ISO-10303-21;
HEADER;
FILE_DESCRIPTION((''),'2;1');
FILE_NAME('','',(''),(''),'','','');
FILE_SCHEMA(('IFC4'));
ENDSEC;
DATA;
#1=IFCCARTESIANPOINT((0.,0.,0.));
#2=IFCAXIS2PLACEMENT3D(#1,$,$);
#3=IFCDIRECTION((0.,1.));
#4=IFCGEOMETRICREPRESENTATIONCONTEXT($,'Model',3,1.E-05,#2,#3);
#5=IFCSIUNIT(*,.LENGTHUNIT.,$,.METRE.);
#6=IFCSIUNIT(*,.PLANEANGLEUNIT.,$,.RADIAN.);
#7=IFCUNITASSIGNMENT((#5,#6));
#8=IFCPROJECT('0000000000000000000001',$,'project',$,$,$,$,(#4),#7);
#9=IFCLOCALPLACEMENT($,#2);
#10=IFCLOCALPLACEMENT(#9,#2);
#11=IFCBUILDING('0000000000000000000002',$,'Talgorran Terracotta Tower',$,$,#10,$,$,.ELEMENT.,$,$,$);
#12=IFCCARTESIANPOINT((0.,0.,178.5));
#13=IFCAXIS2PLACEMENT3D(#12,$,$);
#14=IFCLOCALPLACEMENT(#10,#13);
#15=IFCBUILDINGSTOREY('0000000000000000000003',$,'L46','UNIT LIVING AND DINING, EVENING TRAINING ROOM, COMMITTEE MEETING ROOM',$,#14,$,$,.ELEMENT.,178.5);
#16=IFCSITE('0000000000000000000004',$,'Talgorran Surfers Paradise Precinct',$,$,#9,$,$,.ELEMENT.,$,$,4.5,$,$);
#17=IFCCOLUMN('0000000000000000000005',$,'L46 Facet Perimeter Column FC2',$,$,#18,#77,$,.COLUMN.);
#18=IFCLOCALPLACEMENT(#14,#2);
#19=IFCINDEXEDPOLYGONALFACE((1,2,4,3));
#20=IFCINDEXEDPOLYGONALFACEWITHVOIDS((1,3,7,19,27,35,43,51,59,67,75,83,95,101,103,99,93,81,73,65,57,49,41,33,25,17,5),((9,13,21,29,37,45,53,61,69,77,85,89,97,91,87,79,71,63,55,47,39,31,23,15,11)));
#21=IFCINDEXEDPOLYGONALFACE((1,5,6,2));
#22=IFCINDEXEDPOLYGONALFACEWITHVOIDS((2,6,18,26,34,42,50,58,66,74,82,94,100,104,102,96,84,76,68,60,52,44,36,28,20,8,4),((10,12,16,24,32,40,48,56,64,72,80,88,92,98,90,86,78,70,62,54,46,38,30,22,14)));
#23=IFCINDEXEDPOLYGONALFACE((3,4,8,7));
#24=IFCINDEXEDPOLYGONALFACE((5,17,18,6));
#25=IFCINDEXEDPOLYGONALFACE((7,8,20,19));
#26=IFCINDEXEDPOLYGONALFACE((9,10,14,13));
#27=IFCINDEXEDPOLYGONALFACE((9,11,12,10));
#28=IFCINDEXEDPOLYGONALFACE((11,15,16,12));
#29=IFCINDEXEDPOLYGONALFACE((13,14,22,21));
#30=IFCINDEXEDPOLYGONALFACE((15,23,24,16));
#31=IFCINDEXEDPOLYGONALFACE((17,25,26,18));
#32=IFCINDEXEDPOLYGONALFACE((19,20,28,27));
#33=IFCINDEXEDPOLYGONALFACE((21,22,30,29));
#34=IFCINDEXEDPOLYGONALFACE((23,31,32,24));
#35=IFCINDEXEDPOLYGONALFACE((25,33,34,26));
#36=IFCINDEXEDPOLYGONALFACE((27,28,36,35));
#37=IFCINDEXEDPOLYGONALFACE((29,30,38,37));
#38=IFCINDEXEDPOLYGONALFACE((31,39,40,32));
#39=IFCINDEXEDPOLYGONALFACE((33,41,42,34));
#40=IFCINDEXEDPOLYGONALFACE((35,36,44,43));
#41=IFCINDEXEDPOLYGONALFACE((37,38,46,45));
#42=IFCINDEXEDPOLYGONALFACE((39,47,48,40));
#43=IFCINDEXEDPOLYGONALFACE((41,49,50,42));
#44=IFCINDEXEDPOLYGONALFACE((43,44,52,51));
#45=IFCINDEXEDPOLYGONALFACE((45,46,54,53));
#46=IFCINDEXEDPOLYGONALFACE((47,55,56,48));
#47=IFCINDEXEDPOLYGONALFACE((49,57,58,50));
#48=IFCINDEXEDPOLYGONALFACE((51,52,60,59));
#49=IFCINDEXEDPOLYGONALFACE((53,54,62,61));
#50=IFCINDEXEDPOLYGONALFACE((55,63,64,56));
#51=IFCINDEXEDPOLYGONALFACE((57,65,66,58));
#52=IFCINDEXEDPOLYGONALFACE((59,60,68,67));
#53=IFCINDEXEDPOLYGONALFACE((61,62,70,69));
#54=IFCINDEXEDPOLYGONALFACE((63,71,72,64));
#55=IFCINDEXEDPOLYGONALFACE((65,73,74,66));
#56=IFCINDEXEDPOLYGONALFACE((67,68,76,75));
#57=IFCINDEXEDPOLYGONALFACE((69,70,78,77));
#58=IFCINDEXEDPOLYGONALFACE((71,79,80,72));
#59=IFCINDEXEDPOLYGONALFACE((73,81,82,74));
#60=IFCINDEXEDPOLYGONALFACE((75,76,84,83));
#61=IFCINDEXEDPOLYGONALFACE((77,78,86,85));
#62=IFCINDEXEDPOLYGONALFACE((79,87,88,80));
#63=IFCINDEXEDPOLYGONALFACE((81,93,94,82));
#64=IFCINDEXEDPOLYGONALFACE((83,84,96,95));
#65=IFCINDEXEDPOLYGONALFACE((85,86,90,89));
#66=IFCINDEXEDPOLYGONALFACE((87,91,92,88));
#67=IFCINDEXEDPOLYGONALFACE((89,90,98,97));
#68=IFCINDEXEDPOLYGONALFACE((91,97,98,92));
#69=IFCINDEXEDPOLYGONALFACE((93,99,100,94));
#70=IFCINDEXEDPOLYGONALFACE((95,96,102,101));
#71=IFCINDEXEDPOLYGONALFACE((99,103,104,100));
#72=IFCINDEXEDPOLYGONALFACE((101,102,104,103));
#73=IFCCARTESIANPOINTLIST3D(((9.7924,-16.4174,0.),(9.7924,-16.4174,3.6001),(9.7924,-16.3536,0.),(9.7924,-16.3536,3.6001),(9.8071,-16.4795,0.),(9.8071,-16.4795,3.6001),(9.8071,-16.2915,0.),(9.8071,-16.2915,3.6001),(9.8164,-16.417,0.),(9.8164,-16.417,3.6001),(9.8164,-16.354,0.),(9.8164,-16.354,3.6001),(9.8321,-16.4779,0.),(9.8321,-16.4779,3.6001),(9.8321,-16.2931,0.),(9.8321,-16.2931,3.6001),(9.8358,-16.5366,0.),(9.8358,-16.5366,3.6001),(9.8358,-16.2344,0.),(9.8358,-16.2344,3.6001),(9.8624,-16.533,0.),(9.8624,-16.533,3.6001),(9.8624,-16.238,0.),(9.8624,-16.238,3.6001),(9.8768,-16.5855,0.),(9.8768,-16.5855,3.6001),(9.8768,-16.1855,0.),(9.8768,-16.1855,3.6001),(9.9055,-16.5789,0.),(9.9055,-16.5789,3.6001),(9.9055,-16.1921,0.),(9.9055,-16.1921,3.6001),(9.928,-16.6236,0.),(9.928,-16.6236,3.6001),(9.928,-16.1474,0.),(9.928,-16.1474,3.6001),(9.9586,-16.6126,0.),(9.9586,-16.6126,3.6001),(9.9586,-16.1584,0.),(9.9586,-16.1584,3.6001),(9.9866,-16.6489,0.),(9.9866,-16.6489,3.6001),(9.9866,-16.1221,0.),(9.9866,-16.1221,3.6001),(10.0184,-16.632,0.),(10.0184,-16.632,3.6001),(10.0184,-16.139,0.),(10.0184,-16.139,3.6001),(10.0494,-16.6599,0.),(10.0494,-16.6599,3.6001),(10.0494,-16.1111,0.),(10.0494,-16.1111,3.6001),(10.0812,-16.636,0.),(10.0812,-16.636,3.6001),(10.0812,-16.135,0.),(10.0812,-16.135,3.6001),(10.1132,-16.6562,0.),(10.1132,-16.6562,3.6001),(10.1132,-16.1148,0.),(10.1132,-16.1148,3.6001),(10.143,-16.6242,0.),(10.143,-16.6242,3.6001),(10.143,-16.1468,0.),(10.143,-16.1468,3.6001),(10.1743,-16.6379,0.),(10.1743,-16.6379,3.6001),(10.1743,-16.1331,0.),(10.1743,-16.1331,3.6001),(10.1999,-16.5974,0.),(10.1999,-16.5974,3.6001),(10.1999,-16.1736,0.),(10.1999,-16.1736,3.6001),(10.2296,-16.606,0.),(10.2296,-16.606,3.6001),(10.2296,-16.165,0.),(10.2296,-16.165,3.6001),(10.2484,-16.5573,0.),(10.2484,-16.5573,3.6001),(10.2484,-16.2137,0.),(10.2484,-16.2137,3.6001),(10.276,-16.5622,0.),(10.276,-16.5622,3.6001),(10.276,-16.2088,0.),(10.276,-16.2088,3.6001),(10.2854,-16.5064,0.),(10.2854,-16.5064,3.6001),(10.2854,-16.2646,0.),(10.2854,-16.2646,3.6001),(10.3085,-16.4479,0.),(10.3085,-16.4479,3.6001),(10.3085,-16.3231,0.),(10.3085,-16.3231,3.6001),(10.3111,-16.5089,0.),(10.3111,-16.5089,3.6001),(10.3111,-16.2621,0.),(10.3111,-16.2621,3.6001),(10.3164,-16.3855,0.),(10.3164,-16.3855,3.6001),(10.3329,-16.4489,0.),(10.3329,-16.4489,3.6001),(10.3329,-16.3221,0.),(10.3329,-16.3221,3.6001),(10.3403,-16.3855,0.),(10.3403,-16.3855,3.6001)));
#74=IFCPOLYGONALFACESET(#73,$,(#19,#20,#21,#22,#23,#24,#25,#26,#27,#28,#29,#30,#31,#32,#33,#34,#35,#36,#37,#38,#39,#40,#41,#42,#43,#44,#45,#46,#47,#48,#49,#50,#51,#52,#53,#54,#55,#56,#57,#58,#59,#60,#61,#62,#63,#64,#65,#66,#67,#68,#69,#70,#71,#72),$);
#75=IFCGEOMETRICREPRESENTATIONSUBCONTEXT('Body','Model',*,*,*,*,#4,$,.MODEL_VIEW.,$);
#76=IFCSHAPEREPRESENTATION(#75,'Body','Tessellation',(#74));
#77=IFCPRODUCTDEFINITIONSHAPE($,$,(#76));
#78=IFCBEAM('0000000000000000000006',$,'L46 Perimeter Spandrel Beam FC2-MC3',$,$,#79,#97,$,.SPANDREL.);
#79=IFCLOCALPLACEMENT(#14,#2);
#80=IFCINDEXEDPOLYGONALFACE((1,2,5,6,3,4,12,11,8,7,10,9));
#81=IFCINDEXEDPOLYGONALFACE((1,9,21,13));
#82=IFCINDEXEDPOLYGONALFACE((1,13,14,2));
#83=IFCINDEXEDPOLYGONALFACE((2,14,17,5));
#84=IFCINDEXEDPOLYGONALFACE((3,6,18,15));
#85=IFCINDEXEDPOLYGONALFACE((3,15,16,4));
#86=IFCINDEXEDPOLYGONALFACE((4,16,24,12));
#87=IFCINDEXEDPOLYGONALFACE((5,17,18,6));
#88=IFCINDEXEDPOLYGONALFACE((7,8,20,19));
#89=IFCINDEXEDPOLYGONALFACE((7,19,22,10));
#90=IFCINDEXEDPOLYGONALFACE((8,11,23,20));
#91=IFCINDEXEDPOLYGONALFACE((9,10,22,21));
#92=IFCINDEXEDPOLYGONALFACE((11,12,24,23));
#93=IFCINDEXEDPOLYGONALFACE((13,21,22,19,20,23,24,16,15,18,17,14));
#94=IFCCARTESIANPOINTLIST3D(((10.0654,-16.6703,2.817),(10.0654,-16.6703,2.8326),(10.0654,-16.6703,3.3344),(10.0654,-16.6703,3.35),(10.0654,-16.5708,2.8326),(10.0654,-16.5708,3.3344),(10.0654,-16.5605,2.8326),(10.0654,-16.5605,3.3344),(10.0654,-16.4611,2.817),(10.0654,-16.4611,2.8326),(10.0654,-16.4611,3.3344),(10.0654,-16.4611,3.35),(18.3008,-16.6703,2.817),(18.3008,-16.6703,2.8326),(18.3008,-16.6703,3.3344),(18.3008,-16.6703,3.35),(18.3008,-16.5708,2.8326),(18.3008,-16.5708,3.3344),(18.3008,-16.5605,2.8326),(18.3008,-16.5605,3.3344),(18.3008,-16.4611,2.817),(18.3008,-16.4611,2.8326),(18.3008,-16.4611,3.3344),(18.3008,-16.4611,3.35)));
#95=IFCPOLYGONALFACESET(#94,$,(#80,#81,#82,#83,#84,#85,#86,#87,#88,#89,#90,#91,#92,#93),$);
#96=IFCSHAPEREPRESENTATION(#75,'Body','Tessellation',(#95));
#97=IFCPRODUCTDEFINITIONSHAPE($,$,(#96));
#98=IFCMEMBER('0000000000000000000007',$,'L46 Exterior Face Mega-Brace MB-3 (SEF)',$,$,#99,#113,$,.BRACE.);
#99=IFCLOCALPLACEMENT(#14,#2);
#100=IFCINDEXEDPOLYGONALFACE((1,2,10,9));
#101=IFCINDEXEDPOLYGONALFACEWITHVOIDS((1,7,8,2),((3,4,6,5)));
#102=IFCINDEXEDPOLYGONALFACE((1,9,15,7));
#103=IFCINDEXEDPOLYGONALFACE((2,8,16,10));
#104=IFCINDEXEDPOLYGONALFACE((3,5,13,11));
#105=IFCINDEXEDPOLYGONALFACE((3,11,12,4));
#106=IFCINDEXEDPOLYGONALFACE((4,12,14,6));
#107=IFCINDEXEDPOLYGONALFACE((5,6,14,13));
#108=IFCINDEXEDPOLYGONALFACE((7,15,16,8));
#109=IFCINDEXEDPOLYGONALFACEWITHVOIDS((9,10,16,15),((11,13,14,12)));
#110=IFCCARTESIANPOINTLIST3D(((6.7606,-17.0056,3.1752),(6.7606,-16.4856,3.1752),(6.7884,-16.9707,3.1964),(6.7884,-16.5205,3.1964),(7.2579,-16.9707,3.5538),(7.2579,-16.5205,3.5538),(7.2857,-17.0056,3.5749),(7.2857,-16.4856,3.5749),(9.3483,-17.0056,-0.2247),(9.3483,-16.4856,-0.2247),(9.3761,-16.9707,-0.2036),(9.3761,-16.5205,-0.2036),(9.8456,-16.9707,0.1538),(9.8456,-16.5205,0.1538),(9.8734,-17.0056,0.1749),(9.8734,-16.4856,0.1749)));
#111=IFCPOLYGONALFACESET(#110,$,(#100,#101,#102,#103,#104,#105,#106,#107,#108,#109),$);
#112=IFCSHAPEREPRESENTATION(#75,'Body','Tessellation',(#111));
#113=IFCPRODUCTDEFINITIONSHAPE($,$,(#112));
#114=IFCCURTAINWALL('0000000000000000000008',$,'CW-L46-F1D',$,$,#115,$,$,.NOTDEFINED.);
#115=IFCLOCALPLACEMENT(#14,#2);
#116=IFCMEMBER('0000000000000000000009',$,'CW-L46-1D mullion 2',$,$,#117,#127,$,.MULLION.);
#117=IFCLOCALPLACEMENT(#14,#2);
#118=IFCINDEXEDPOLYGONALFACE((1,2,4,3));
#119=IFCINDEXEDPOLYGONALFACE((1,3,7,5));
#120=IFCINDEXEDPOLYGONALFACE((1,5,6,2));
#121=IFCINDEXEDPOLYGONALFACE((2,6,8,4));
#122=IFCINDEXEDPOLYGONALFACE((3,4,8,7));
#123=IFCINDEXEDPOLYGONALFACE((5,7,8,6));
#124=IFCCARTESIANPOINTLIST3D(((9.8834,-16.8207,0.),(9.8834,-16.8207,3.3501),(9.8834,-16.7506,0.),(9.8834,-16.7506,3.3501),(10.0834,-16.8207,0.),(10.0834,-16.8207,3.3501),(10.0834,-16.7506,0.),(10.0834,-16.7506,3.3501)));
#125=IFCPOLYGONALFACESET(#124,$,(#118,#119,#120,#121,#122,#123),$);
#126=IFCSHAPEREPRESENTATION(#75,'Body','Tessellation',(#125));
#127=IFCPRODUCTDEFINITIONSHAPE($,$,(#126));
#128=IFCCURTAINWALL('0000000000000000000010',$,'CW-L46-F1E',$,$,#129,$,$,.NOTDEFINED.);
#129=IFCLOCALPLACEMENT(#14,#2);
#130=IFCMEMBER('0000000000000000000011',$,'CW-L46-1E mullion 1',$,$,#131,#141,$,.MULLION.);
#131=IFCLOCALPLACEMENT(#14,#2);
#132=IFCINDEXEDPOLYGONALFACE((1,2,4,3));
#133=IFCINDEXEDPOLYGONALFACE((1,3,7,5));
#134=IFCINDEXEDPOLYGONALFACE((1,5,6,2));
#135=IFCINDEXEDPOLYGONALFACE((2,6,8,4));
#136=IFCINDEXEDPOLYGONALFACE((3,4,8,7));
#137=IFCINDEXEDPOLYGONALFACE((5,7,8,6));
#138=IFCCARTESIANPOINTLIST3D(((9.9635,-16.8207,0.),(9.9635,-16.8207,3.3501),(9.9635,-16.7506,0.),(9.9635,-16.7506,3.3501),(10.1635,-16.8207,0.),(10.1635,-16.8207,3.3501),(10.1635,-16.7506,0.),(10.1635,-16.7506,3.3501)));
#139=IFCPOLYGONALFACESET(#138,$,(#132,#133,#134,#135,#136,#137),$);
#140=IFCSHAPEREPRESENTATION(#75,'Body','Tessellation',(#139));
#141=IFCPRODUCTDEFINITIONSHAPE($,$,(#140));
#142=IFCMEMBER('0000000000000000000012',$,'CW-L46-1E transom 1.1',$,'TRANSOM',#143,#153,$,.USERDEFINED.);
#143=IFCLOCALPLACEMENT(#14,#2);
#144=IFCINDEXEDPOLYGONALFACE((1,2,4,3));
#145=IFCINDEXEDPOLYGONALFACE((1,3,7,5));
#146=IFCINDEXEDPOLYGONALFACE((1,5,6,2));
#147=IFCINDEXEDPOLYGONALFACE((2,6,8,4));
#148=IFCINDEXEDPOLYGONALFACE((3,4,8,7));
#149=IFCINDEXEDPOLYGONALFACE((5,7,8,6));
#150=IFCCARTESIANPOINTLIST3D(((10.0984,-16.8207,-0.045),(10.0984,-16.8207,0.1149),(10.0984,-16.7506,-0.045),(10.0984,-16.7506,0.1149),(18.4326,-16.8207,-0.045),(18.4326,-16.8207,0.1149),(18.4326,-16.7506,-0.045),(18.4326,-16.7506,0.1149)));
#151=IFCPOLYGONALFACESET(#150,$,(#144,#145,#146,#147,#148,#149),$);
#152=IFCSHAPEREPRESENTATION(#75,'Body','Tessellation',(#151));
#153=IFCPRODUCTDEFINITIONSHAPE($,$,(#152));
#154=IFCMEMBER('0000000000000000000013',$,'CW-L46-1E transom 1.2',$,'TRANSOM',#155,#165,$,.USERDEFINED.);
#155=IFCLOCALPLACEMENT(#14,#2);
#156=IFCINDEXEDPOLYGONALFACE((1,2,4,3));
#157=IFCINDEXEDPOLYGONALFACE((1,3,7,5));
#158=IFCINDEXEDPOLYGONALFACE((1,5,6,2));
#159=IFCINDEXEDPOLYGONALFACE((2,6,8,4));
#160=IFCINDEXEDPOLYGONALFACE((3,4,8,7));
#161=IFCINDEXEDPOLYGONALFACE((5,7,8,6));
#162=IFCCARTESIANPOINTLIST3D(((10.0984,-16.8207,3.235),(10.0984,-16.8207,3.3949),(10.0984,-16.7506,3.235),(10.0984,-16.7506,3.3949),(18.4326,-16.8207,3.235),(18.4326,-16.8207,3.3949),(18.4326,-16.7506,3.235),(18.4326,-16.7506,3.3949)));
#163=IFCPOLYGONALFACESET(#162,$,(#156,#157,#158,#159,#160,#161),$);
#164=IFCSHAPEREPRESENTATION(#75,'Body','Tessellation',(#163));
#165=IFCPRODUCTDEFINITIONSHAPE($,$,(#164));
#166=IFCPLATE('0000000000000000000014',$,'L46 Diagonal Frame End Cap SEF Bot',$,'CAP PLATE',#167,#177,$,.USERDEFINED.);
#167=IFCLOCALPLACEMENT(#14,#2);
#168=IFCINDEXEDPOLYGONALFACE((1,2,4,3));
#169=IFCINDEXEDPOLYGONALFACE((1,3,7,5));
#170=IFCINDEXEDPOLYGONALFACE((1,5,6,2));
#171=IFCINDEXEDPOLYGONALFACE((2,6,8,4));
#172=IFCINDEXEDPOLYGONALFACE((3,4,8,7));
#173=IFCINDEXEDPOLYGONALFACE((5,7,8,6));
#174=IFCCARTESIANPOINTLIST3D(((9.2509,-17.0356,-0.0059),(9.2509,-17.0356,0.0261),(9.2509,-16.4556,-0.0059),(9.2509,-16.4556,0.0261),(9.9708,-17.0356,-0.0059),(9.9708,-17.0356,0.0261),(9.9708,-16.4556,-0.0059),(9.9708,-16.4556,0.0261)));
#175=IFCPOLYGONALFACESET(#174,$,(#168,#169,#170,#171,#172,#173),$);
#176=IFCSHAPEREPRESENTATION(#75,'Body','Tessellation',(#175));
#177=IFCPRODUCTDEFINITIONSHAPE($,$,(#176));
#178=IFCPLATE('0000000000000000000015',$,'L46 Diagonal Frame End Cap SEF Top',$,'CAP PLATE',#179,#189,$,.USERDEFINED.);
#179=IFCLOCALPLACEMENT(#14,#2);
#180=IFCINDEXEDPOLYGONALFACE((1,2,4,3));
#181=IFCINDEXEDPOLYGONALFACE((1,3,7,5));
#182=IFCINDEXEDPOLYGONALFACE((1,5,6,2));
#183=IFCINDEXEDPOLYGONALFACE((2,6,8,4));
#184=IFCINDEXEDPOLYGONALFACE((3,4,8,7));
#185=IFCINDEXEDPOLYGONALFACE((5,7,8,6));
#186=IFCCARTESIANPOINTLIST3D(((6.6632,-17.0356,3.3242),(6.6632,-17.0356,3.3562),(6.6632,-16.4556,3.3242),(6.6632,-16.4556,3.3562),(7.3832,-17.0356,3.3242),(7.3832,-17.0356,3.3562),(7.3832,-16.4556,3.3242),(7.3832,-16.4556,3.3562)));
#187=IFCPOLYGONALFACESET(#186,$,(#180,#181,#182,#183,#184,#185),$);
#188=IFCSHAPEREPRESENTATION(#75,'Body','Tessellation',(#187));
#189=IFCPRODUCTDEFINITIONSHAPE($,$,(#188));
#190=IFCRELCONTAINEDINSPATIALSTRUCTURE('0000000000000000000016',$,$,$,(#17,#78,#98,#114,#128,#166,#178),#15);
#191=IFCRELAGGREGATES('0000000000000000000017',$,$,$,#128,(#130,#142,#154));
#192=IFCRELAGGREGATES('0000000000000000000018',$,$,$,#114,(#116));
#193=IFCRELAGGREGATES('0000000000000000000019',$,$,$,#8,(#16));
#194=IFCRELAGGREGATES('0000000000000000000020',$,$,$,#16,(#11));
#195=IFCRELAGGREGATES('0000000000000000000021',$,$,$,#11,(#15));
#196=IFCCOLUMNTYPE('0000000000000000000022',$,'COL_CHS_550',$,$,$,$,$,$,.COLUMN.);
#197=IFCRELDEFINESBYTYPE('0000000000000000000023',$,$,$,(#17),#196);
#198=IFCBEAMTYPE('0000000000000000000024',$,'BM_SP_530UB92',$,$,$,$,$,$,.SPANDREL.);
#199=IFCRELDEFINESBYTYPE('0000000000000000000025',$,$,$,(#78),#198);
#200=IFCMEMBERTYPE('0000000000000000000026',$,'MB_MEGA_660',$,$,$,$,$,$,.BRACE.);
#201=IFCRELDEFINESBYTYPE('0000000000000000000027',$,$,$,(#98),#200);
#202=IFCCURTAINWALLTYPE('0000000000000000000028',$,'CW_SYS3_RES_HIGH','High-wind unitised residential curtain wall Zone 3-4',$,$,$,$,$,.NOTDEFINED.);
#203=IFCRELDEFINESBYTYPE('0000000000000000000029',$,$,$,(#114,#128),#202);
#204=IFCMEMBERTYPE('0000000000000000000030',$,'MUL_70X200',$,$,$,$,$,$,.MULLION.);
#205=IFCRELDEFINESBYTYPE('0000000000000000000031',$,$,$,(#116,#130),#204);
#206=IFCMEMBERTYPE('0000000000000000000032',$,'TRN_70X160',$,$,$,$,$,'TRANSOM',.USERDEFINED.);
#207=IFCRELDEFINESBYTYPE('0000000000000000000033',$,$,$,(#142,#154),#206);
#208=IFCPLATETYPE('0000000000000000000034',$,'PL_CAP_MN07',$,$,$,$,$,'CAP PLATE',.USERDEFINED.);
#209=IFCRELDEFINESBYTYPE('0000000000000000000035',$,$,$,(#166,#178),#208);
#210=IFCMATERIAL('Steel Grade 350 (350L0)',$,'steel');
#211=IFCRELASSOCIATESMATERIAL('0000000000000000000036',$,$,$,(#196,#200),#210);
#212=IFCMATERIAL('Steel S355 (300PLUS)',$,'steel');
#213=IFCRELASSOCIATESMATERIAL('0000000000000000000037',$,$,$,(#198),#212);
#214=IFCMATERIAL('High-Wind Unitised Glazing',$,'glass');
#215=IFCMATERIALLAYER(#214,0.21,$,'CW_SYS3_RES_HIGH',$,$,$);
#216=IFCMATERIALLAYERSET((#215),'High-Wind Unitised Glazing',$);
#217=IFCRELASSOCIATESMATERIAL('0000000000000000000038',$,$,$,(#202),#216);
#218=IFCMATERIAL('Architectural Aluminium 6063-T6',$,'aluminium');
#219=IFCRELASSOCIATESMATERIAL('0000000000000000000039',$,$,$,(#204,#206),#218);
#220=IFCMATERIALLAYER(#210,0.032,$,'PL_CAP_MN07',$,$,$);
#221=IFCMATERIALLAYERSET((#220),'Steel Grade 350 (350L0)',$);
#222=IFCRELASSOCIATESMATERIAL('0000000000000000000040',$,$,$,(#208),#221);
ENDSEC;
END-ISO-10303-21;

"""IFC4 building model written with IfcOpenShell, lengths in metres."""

from ifc_helpers import new_model, si_unit, direction, frame, origin, origin_2d, place, context, subcontext, project, spatial, rectangle, hollow_rectangle, hollow_circle, i_section, extrude, material, layer, layer_set, material_profile, profile_set, type_object, element, aggregate, save


model = new_model("IFC4")

# Units and contexts
model_context = context("Model", 3, precision=1e-05, world=origin(), true_north=direction((0.0, 1.0)))
body_context = subcontext(model_context, "Body", "Model", "MODEL_VIEW")
ifc_project = project(units=[si_unit("LENGTHUNIT", "METRE"), si_unit("PLANEANGLEUNIT", "RADIAN")], contexts=[model_context])

# Site, building, storey
site_placement = place(None, origin())
site = spatial("IfcSite", under=ifc_project, at=site_placement, Name="Talgorran Surfers Paradise Precinct", CompositionType="ELEMENT", RefElevation=4.5)
building_placement = place(site_placement, origin())
building = spatial("IfcBuilding", under=site, at=building_placement, Name="Talgorran Terracotta Tower", CompositionType="ELEMENT")
storey_placement = place(building_placement, frame((0.0, 0.0, 178.5)))
storey = spatial("IfcBuildingStorey", under=building, at=storey_placement, Name="L46", Description="UNIT LIVING AND DINING, EVENING TRAINING ROOM, COMMITTEE MEETING ROOM", CompositionType="ELEMENT", Elevation=178.5)

# Column
ifc_material_1 = material(Name="Steel Grade 350 (350L0)", Category="steel")
ifc_material_profile_1 = material_profile(ifc_material_1, hollow_circle(Radius=0.2749, WallThickness=0.0239, at=origin_2d()), Name="CHS550X24")
ifc_profile_set_1 = profile_set([ifc_material_profile_1], Name="Steel Grade 350 (350L0)")
column_type = type_object("IfcColumnType", Name="COL_CHS_550", PredefinedType="COLUMN", material=ifc_profile_set_1)
column_placement = place(storey_placement, frame((10.0654, -16.3855, 0.0), z_axis=(0.0, 0.0, 1.0), x_axis=(1.0, 0.0, 0.0)))
element("IfcColumn", 1, at=column_placement, inside=storey, type_object=column_type, Name="L46 Facet Perimeter Column FC2", PredefinedType="COLUMN", context=body_context, shape_type="SweptSolid", body=[
    extrude(hollow_circle(Radius=0.2749, WallThickness=0.0239, at=origin_2d()), origin(), (0.0, 0.0, 1.0), 3.6001),
])

# Beam
ifc_material_2 = material(Name="Steel S355 (300PLUS)", Category="steel")
ifc_material_profile_2 = material_profile(ifc_material_2, i_section(OverallWidth=0.2092, OverallDepth=0.533, WebThickness=0.0103, FlangeThickness=0.0156, at=origin_2d()), Name="530UB92.4")
ifc_profile_set_2 = profile_set([ifc_material_profile_2], Name="Steel S355 (300PLUS)")
beam_type = type_object("IfcBeamType", Name="BM_SP_530UB92", PredefinedType="SPANDREL", material=ifc_profile_set_2)
beam_placement = place(storey_placement, frame((10.0654, -16.5657, 3.0835), z_axis=(1.0, 0.0, 0.0), x_axis=(0.0, 1.0, 0.0)))
element("IfcBeam", 2, at=beam_placement, inside=storey, type_object=beam_type, Name="L46 Perimeter Spandrel Beam FC2-MC3", PredefinedType="SPANDREL", context=body_context, shape_type="SweptSolid", body=[
    extrude(i_section(OverallWidth=0.2092, OverallDepth=0.533, WebThickness=0.0103, FlangeThickness=0.0156, at=origin_2d()), origin(), (0.0, 0.0, 1.0), 8.2354),
])

# Member
ifc_material_profile_3 = material_profile(ifc_material_1, hollow_rectangle(XDim=0.52, YDim=0.6599, WallThickness=0.0349, at=origin_2d()), Name="WBOX660X520X35")
ifc_profile_set_3 = profile_set([ifc_material_profile_3], Name="Steel Grade 350 (350L0)")
member_type_1 = type_object("IfcMemberType", Name="MB_MEGA_660", PredefinedType="BRACE", material=ifc_profile_set_3)
member_1_placement = place(storey_placement, frame((9.6108, -16.7456, -0.0249), z_axis=(-0.605635, 0.0, 0.795742), x_axis=(0.0, -1.0, 0.0)))
element("IfcMember", 3, at=member_1_placement, inside=storey, type_object=member_type_1, Name="L46 Exterior Face Mega-Brace MB-3 (SEF)", PredefinedType="BRACE", context=body_context, shape_type="SweptSolid", body=[
    extrude(hollow_rectangle(XDim=0.52, YDim=0.6599, WallThickness=0.0349, at=origin_2d()), origin(), (0.0, 0.0, 1.0), 4.2727),
])

# Curtain wall, member
ifc_material_3 = material(Name="High-Wind Unitised Glazing", Category="glass")
ifc_layer_1 = layer(ifc_material_3, 0.21, Name="CW_SYS3_RES_HIGH")
ifc_layer_set_1 = layer_set([ifc_layer_1], Name="High-Wind Unitised Glazing")
curtain_wall_type = type_object("IfcCurtainWallType", Name="CW_SYS3_RES_HIGH", Description="High-wind unitised residential curtain wall Zone 3-4", PredefinedType="NOTDEFINED", material=ifc_layer_set_1)
curtain_wall_1_placement = place(storey_placement, origin())
curtain_wall_1 = element("IfcCurtainWall", 4, at=curtain_wall_1_placement, inside=storey, type_object=curtain_wall_type, Name="CW-L46-F1D", PredefinedType="NOTDEFINED")
ifc_material_4 = material(Name="Architectural Aluminium 6063-T6", Category="aluminium")
ifc_material_profile_4 = material_profile(ifc_material_4, rectangle(XDim=0.0701, YDim=0.2, at=origin_2d()), Name="CWM70X200")
ifc_profile_set_4 = profile_set([ifc_material_profile_4], Name="Architectural Aluminium 6063-T6")
member_type_2 = type_object("IfcMemberType", Name="MUL_70X200", PredefinedType="MULLION", material=ifc_profile_set_4)
member_2_placement = place(storey_placement, frame((9.9834, -16.7856, 0.0), z_axis=(0.0, 0.0, 1.0), x_axis=(0.0, 1.0, 0.0)))
member_2 = element("IfcMember", 5, at=member_2_placement, type_object=member_type_2, Name="CW-L46-1D mullion 2", PredefinedType="MULLION", context=body_context, shape_type="SweptSolid", body=[
    extrude(rectangle(XDim=0.0701, YDim=0.2, at=origin_2d()), origin(), (0.0, 0.0, 1.0), 3.3501),
])

# Curtain wall, members
curtain_wall_2_placement = place(storey_placement, origin())
curtain_wall_2 = element("IfcCurtainWall", 6, at=curtain_wall_2_placement, inside=storey, type_object=curtain_wall_type, Name="CW-L46-F1E", PredefinedType="NOTDEFINED")
member_3_placement = place(storey_placement, frame((10.0635, -16.7856, 0.0), z_axis=(0.0, 0.0, 1.0), x_axis=(0.0, 1.0, 0.0)))
member_3 = element("IfcMember", 7, at=member_3_placement, type_object=member_type_2, Name="CW-L46-1E mullion 1", PredefinedType="MULLION", context=body_context, shape_type="SweptSolid", body=[
    extrude(rectangle(XDim=0.0701, YDim=0.2, at=origin_2d()), origin(), (0.0, 0.0, 1.0), 3.3501),
])
ifc_material_profile_5 = material_profile(ifc_material_4, rectangle(XDim=0.0701, YDim=0.1599, at=origin_2d()), Name="CWT70X160")
ifc_profile_set_5 = profile_set([ifc_material_profile_5], Name="Architectural Aluminium 6063-T6")
member_type_3 = type_object("IfcMemberType", Name="TRN_70X160", ElementType="TRANSOM", PredefinedType="USERDEFINED", material=ifc_profile_set_5)
member_4_placement = place(storey_placement, frame((10.0984, -16.7856, 0.0349), z_axis=(1.0, 0.0, 0.0), x_axis=(0.0, 1.0, 0.0)))
member_4 = element("IfcMember", 8, at=member_4_placement, type_object=member_type_3, Name="CW-L46-1E transom 1.1", ObjectType="TRANSOM", PredefinedType="USERDEFINED", context=body_context, shape_type="SweptSolid", body=[
    extrude(rectangle(XDim=0.0701, YDim=0.1599, at=origin_2d()), origin(), (0.0, 0.0, 1.0), 8.3342),
])
member_5_placement = place(storey_placement, frame((10.0984, -16.7856, 3.3149), z_axis=(1.0, 0.0, 0.0), x_axis=(0.0, 1.0, 0.0)))
member_5 = element("IfcMember", 9, at=member_5_placement, type_object=member_type_3, Name="CW-L46-1E transom 1.2", ObjectType="TRANSOM", PredefinedType="USERDEFINED", context=body_context, shape_type="SweptSolid", body=[
    extrude(rectangle(XDim=0.0701, YDim=0.1599, at=origin_2d()), origin(), (0.0, 0.0, 1.0), 8.3342),
])
aggregate(curtain_wall_2, [member_3, member_4, member_5])

# Plates
ifc_layer_2 = layer(ifc_material_1, 0.032, Name="PL_CAP_MN07")
ifc_layer_set_2 = layer_set([ifc_layer_2], Name="Steel Grade 350 (350L0)")
plate_type_1 = type_object("IfcPlateType", Name="PL_CAP_MN07", ElementType="CAP PLATE", PredefinedType="USERDEFINED", material=ifc_layer_set_2)
for number, where, z_axis, x_axis, name in (
    (10, (9.6108, -16.7456, -0.0059), (0.0, 0.0, 1.0), (-1.0, 0.0, 0.0), "L46 Diagonal Frame End Cap SEF Bot"),
    (11, (7.0232, -16.7456, 3.3242), (0.0, 0.0, 1.0), (-1.0, 0.0, 0.0), "L46 Diagonal Frame End Cap SEF Top"),
):
    element("IfcPlate", number, at=place(storey_placement, frame(where, z_axis=z_axis, x_axis=x_axis)), inside=storey, type_object=plate_type_1, Name=name, ObjectType="CAP PLATE", PredefinedType="USERDEFINED", context=body_context, shape_type="SweptSolid", body=[
        extrude(rectangle(XDim=0.72, YDim=0.5801, at=origin_2d()), origin(), (0.0, 0.0, 1.0), 0.032),
    ])

aggregate(curtain_wall_1, [member_2])

save(model, "model.ifc")
